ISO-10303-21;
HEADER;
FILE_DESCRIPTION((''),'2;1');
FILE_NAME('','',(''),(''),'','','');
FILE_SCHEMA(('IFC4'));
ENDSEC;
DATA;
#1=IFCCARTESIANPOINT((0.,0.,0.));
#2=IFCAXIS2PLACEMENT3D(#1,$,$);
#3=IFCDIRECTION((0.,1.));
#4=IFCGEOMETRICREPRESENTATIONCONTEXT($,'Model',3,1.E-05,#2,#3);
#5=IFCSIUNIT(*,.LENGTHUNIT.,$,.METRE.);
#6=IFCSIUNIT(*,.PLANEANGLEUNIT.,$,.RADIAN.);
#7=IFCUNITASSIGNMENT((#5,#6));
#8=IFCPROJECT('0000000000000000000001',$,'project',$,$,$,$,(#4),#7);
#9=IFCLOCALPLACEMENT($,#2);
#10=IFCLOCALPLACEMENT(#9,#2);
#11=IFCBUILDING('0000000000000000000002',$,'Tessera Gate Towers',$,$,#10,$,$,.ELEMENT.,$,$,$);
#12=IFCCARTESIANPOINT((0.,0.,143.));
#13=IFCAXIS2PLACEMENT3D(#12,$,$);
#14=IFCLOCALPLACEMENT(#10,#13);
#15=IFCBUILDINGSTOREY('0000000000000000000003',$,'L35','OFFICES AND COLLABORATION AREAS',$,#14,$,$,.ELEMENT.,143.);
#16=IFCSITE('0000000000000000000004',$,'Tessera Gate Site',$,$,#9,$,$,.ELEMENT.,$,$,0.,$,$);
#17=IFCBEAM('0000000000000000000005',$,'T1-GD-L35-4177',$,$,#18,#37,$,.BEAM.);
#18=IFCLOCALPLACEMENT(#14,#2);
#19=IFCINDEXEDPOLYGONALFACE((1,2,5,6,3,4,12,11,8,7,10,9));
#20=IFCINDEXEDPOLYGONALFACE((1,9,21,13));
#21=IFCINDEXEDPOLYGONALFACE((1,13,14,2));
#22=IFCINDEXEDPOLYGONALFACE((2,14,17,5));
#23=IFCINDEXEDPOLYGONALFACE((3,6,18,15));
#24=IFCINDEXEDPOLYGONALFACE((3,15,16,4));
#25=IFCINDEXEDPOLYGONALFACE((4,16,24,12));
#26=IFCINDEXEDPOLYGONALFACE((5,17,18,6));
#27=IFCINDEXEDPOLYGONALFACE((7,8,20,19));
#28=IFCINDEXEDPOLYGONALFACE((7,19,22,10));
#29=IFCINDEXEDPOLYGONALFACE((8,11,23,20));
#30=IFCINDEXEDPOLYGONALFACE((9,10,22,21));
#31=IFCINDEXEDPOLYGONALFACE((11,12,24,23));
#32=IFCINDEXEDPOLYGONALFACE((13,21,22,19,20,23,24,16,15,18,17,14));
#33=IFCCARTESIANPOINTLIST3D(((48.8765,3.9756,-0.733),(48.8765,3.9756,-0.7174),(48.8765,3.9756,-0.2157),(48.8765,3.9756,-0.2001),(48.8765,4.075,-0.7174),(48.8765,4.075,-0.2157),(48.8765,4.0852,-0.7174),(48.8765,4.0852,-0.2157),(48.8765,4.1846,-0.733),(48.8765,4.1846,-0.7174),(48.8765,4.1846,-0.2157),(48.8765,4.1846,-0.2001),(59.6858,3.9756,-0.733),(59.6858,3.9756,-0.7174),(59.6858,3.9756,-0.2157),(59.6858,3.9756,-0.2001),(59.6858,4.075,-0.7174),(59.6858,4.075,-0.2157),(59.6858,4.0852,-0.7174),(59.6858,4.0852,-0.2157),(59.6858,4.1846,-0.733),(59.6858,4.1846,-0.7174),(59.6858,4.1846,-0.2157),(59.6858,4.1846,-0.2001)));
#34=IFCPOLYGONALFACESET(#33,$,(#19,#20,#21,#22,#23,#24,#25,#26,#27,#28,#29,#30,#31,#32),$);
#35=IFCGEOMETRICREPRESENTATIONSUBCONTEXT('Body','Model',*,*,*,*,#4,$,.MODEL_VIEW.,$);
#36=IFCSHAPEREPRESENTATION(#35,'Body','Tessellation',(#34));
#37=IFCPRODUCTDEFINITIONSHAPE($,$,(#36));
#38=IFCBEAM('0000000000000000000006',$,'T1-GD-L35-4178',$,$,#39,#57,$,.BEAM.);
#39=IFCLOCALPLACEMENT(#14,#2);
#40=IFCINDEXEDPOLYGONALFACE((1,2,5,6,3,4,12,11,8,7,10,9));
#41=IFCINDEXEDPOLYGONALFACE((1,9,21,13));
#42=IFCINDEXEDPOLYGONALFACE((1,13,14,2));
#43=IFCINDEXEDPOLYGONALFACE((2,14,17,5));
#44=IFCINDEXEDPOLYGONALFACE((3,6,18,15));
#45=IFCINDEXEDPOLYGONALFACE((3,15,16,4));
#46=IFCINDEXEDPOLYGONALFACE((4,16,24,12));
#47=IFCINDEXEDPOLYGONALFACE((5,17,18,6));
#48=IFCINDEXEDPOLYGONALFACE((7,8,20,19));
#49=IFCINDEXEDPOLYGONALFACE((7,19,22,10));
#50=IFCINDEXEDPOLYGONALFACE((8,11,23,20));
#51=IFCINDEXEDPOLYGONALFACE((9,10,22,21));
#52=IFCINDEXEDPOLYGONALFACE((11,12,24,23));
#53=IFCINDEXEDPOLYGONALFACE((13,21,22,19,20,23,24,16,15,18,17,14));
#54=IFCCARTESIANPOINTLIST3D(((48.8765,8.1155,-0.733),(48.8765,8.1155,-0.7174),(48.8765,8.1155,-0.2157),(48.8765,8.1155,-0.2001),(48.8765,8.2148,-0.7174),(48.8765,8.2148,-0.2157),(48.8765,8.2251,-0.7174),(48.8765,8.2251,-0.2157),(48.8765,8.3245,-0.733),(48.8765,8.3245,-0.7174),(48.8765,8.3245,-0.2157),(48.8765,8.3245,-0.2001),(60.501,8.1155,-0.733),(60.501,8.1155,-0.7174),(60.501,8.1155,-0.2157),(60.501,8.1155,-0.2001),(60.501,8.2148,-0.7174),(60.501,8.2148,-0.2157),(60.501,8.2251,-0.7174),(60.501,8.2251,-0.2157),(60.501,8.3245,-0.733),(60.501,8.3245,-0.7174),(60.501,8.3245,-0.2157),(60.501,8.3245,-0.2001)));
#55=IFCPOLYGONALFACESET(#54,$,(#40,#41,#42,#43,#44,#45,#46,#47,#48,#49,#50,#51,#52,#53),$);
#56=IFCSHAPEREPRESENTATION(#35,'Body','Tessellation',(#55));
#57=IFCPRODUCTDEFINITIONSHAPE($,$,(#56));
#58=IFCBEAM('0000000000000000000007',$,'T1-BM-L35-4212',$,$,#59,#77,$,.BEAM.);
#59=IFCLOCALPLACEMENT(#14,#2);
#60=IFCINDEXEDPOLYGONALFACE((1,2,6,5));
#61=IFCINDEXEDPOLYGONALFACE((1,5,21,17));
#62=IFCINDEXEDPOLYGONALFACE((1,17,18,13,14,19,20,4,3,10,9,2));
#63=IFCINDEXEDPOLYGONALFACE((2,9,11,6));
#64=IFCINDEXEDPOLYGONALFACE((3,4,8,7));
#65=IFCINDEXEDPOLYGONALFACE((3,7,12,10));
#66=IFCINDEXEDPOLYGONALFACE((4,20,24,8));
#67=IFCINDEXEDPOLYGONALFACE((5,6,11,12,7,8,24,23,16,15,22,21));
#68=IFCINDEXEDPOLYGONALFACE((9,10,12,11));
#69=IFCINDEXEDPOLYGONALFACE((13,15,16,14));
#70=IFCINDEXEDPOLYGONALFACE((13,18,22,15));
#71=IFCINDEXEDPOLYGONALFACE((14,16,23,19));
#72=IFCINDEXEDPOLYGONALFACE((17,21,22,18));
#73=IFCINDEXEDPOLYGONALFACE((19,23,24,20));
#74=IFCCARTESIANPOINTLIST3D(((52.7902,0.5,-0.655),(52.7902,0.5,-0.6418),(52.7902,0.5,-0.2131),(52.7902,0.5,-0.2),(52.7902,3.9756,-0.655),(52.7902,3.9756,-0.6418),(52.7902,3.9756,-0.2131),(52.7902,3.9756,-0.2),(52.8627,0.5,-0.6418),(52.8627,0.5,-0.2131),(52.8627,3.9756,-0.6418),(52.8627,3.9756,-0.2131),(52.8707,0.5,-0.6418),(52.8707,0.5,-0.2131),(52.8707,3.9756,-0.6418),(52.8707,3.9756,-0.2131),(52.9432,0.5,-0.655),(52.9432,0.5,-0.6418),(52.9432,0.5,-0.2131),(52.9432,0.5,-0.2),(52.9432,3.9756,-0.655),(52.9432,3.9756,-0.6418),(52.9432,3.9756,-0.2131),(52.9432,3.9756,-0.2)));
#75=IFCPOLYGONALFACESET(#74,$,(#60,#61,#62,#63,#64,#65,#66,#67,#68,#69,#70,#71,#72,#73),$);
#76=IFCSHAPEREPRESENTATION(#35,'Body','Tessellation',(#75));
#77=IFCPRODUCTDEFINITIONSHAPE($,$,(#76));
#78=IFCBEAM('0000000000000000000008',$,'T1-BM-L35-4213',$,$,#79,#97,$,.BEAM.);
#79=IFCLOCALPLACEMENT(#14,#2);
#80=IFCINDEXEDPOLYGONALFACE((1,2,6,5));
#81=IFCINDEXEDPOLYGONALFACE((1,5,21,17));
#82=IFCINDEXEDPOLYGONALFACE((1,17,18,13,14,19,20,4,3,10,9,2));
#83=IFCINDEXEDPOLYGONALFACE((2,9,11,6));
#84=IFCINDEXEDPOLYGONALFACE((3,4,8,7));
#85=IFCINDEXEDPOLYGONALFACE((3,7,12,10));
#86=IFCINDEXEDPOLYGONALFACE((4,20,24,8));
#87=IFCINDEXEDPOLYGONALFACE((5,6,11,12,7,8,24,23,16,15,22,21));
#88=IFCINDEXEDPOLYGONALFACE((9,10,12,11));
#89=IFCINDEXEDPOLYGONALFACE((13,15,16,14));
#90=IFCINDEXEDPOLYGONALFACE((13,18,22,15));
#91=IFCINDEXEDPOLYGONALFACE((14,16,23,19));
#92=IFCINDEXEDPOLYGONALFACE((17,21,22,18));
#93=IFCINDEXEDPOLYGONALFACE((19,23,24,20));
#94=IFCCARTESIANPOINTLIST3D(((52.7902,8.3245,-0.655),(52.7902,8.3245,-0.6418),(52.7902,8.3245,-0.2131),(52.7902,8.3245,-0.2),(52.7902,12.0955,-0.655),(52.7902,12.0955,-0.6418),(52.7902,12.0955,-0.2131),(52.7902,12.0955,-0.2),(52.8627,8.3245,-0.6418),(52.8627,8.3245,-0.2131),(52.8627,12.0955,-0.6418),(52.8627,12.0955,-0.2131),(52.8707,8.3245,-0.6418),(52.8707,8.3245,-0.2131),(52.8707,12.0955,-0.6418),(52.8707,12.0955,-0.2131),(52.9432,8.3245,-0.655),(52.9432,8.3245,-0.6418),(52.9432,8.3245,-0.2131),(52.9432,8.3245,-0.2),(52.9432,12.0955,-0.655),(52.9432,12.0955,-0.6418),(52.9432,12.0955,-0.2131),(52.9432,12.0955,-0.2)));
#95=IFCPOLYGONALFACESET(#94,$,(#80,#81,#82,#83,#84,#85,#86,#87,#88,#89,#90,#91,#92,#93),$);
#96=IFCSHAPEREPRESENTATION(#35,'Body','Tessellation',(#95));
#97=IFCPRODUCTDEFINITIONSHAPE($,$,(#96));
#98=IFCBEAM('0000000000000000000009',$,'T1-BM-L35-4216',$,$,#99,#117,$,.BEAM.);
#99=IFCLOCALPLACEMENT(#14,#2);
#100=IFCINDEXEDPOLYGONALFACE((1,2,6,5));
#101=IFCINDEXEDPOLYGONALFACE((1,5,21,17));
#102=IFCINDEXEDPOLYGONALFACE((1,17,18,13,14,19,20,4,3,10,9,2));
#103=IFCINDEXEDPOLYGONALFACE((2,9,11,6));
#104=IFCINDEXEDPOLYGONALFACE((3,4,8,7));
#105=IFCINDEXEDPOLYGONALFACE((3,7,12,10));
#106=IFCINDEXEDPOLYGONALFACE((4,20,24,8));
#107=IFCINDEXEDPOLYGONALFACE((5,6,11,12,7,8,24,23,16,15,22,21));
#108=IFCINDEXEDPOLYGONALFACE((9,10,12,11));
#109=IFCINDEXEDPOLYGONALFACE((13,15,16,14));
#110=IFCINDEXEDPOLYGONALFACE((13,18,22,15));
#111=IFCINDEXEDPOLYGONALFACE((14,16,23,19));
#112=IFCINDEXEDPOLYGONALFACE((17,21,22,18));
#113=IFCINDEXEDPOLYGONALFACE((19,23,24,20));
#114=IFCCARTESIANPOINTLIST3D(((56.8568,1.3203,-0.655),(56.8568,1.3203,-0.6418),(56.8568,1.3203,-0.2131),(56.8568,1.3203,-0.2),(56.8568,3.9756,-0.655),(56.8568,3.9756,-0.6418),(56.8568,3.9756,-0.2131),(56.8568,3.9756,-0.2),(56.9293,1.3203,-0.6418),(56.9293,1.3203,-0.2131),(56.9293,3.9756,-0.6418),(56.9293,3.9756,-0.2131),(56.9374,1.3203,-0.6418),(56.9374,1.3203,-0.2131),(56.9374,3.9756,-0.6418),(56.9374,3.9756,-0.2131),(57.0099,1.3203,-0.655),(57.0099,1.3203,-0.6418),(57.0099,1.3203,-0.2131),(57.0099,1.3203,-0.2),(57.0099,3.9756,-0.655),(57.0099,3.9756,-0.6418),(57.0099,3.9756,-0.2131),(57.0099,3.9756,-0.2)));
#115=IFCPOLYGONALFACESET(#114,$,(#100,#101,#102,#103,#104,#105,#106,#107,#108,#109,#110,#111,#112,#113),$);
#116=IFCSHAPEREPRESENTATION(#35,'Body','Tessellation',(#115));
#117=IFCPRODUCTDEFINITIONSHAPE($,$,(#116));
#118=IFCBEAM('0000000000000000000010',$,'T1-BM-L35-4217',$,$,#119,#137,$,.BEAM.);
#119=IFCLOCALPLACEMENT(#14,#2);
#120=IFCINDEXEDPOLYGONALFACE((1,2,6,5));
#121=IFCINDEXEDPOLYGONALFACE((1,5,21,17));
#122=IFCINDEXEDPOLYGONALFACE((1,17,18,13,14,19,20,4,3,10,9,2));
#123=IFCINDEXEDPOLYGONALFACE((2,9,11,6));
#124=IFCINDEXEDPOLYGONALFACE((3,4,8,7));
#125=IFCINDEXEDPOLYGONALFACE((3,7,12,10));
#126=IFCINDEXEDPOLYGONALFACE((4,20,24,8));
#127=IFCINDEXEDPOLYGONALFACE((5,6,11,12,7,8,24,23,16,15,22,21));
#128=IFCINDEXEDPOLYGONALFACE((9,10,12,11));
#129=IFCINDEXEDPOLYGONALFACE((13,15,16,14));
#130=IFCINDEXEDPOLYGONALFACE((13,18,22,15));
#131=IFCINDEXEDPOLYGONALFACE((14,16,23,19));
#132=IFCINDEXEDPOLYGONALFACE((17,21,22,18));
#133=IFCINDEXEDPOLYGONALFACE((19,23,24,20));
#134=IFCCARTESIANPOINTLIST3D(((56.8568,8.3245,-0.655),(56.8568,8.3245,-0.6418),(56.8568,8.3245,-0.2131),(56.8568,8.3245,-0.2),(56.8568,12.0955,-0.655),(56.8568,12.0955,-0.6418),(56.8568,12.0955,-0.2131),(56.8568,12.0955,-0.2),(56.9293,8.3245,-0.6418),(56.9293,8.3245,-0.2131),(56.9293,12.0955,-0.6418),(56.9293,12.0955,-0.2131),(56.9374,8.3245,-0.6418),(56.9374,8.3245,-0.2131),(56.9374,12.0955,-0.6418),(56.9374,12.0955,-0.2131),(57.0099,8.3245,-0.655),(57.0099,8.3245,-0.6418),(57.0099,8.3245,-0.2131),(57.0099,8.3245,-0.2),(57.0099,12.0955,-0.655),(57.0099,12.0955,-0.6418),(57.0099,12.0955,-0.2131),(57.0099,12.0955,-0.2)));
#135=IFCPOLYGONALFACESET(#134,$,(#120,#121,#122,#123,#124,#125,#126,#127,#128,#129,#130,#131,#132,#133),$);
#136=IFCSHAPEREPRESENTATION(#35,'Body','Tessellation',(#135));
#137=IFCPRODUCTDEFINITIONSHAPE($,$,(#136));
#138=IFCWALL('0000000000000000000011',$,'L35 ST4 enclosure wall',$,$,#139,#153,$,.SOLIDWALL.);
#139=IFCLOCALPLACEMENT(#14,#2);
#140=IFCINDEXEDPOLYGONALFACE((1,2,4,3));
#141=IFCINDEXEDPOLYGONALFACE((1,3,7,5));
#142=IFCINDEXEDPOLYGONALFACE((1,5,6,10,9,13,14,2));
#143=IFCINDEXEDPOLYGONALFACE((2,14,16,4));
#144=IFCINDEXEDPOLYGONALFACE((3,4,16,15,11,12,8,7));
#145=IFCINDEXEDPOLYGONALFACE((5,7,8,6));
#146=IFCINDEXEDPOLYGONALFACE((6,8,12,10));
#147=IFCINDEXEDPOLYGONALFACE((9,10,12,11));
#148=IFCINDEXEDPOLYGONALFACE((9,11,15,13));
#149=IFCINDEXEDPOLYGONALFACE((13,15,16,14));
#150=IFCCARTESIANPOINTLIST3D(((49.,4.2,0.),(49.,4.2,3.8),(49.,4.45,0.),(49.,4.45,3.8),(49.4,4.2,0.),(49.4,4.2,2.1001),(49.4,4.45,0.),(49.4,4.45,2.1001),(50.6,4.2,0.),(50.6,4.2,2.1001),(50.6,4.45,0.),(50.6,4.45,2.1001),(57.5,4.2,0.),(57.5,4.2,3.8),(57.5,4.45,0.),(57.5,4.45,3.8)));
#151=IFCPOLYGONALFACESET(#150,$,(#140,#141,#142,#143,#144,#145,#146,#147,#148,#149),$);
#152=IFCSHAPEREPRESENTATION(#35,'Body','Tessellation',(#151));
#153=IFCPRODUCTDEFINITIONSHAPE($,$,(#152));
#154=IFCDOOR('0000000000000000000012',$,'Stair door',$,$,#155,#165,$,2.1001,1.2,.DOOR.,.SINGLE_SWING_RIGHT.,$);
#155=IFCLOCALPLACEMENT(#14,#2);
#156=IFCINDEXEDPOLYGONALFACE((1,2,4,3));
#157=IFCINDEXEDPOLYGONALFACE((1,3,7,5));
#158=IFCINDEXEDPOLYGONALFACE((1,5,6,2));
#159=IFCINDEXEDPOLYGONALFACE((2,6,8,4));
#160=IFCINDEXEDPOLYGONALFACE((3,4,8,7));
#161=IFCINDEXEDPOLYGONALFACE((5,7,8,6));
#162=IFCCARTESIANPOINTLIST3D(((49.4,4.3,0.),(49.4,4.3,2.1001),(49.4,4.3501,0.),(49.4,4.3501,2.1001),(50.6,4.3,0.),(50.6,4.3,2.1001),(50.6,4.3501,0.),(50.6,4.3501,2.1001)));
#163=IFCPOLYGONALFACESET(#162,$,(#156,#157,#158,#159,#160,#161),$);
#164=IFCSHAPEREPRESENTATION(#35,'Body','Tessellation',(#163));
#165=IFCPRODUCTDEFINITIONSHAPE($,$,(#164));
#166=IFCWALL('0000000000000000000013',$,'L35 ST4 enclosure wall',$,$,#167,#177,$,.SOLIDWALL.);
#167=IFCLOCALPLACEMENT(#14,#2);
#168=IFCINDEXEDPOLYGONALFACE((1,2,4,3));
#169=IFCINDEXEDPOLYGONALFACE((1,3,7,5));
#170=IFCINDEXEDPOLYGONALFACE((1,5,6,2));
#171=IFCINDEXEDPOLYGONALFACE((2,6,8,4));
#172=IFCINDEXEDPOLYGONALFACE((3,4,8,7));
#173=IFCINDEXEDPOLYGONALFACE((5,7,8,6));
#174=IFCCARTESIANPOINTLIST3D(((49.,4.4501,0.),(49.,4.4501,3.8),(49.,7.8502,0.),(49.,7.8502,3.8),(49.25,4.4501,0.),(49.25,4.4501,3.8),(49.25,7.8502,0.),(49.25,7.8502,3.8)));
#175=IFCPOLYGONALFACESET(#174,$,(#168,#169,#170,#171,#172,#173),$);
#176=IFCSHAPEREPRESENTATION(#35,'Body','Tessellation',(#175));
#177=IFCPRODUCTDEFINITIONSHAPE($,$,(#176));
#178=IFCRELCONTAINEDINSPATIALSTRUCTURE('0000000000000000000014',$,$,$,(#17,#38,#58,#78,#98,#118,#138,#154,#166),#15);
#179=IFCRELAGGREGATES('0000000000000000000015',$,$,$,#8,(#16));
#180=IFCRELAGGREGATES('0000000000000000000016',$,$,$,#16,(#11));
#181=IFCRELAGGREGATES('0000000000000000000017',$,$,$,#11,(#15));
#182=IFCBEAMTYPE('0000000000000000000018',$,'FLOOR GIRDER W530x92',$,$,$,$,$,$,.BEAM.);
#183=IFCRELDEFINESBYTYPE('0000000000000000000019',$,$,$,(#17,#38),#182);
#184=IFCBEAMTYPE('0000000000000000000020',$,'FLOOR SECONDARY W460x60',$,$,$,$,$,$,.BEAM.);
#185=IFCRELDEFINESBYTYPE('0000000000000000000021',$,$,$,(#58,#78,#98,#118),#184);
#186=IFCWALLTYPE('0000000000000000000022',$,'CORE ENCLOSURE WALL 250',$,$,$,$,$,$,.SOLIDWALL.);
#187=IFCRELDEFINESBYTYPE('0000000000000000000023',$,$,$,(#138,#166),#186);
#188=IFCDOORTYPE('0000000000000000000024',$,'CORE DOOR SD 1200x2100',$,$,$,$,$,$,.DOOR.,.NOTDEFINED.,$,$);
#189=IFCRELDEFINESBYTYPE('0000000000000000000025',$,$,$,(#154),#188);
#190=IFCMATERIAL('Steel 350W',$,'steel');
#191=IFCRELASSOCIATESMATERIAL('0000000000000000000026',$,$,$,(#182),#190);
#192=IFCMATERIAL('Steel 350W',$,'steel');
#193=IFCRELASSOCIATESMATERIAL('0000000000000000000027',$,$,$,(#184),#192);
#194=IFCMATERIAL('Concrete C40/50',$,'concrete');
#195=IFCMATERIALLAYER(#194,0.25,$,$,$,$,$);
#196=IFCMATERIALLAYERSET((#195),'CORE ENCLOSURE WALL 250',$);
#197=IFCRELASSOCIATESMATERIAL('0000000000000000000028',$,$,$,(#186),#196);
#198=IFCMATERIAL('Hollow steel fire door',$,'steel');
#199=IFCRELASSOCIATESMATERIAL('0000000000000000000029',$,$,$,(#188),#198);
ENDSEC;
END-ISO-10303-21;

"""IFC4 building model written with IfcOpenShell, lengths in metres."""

from ifc_helpers import new_model, si_unit, direction, frame, frame_2d, origin, origin_2d, place, context, subcontext, project, spatial, rectangle, i_section, extrude, source, transform, mapped, material, layer, layer_set, material_profile, profile_set, type_object, element, fill, save


model = new_model("IFC4")

# Units and contexts
model_context = context("Model", 3, precision=1e-05, world=origin(), true_north=direction((0.0, 1.0)))
body_context = subcontext(model_context, "Body", "Model", "MODEL_VIEW")
ifc_project = project(units=[si_unit("LENGTHUNIT", "METRE"), si_unit("PLANEANGLEUNIT", "RADIAN")], contexts=[model_context])

# Site, building, storey
site_placement = place(None, origin())
site = spatial("IfcSite", under=ifc_project, at=site_placement, Name="Tessera Gate Site", CompositionType="ELEMENT", RefElevation=0.0)
building_placement = place(site_placement, origin())
building = spatial("IfcBuilding", under=site, at=building_placement, Name="Tessera Gate Towers", CompositionType="ELEMENT")
storey_placement = place(building_placement, frame((0.0, 0.0, 143.0)))
storey = spatial("IfcBuildingStorey", under=building, at=storey_placement, Name="L35", Description="OFFICES AND COLLABORATION AREAS", CompositionType="ELEMENT", Elevation=143.0)

# Beams
ifc_material_1 = material(Name="Steel 350W", Category="steel")
ifc_material_profile_1 = material_profile(ifc_material_1, i_section(OverallWidth=0.209, OverallDepth=0.533, WebThickness=0.0103, FlangeThickness=0.0156, at=origin_2d()), Name="W530x92")
ifc_profile_set_1 = profile_set([ifc_material_profile_1], Name="Steel 350W")
beam_type_1 = type_object("IfcBeamType", Name="FLOOR GIRDER W530x92", PredefinedType="BEAM", material=ifc_profile_set_1)
beam_1_placement = place(storey_placement, frame((48.8765, 4.0801, -0.4666), z_axis=(1.0, 0.0, 0.0), x_axis=(0.0, 1.0, 0.0)))
element("IfcBeam", 1, at=beam_1_placement, inside=storey, type_object=beam_type_1, Name="T1-GD-L35-4177", PredefinedType="BEAM", context=body_context, shape_type="SweptSolid", body=[
    extrude(i_section(OverallWidth=0.209, OverallDepth=0.533, WebThickness=0.0103, FlangeThickness=0.0156, at=origin_2d()), origin(), (0.0, 0.0, 1.0), 10.8093),
])
beam_2_placement = place(storey_placement, frame((48.8765, 8.22, -0.4666), z_axis=(1.0, 0.0, 0.0), x_axis=(0.0, 1.0, 0.0)))
element("IfcBeam", 2, at=beam_2_placement, inside=storey, type_object=beam_type_1, Name="T1-GD-L35-4178", PredefinedType="BEAM", context=body_context, shape_type="SweptSolid", body=[
    extrude(i_section(OverallWidth=0.209, OverallDepth=0.533, WebThickness=0.0103, FlangeThickness=0.0156, at=origin_2d()), origin(), (0.0, 0.0, 1.0), 11.6245),
])
ifc_material_2 = material(Name="Steel 350W", Category="steel")
ifc_material_profile_2 = material_profile(ifc_material_2, i_section(OverallWidth=0.1531, OverallDepth=0.4551, WebThickness=0.0081, FlangeThickness=0.0132, at=origin_2d()), Name="W460x60")
ifc_profile_set_2 = profile_set([ifc_material_profile_2], Name="Steel 350W")
beam_type_2 = type_object("IfcBeamType", Name="FLOOR SECONDARY W460x60", PredefinedType="BEAM", material=ifc_profile_set_2)
beam_3_placement = place(storey_placement, frame((52.8667, 0.5, -0.4275), z_axis=(0.0, 1.0, 0.0), x_axis=(-1.0, 0.0, 0.0)))
element("IfcBeam", 3, at=beam_3_placement, inside=storey, type_object=beam_type_2, Name="T1-BM-L35-4212", PredefinedType="BEAM", context=body_context, shape_type="SweptSolid", body=[
    extrude(i_section(OverallWidth=0.1531, OverallDepth=0.4551, WebThickness=0.0081, FlangeThickness=0.0132, at=origin_2d()), origin(), (0.0, 0.0, 1.0), 3.4756),
])
beam_4_placement = place(storey_placement, frame((52.8667, 8.3245, -0.4275), z_axis=(0.0, 1.0, 0.0), x_axis=(-1.0, 0.0, 0.0)))
element("IfcBeam", 4, at=beam_4_placement, inside=storey, type_object=beam_type_2, Name="T1-BM-L35-4213", PredefinedType="BEAM", context=body_context, shape_type="SweptSolid", body=[
    extrude(i_section(OverallWidth=0.1531, OverallDepth=0.4551, WebThickness=0.0081, FlangeThickness=0.0132, at=origin_2d()), origin(), (0.0, 0.0, 1.0), 3.771),
])
beam_5_placement = place(storey_placement, frame((56.9333, 1.3203, -0.4275), z_axis=(0.0, 1.0, 0.0), x_axis=(-1.0, 0.0, 0.0)))
element("IfcBeam", 5, at=beam_5_placement, inside=storey, type_object=beam_type_2, Name="T1-BM-L35-4216", PredefinedType="BEAM", context=body_context, shape_type="SweptSolid", body=[
    extrude(i_section(OverallWidth=0.1531, OverallDepth=0.4551, WebThickness=0.0081, FlangeThickness=0.0132, at=origin_2d()), origin(), (0.0, 0.0, 1.0), 2.6553),
])
beam_6_placement = place(storey_placement, frame((56.9333, 8.3245, -0.4275), z_axis=(0.0, 1.0, 0.0), x_axis=(-1.0, 0.0, 0.0)))
element("IfcBeam", 6, at=beam_6_placement, inside=storey, type_object=beam_type_2, Name="T1-BM-L35-4217", PredefinedType="BEAM", context=body_context, shape_type="SweptSolid", body=[
    extrude(i_section(OverallWidth=0.1531, OverallDepth=0.4551, WebThickness=0.0081, FlangeThickness=0.0132, at=origin_2d()), origin(), (0.0, 0.0, 1.0), 3.771),
])

# Wall, opening, door
ifc_material_3 = material(Name="Concrete C40/50", Category="concrete")
ifc_layer_1 = layer(ifc_material_3, 0.25)
ifc_layer_set_1 = layer_set([ifc_layer_1], Name="CORE ENCLOSURE WALL 250")
wall_type_1 = type_object("IfcWallType", Name="CORE ENCLOSURE WALL 250", PredefinedType="SOLIDWALL", material=ifc_layer_set_1)
wall_1_placement = place(storey_placement, frame((57.5, 4.325, 0.0), z_axis=(0.0, 0.0, 1.0), x_axis=(-1.0, 0.0, 0.0)))
wall_1 = element("IfcWall", 7, at=wall_1_placement, inside=storey, type_object=wall_type_1, Name="L35 ST4 enclosure wall", PredefinedType="SOLIDWALL", context=body_context, shape_type="SweptSolid", body=[
    extrude(rectangle(XDim=8.5, YDim=0.25, at=frame_2d((4.25, 0.0))), origin(), (0.0, 0.0, 1.0), 3.8),
])
shared_shape_1 = source(origin(), body_context, "Body", "SweptSolid", [
    extrude(rectangle(XDim=1.2, YDim=2.1001, at=frame_2d((0.6001, 1.05))), frame((0.0, 0.135, 0.0), z_axis=(0.0, -1.0, 0.0), x_axis=(1.0, 0.0, 0.0)), (0.0, 0.0, 1.0), 0.27),
])
opening_placement = place(wall_1_placement, frame((6.8999, 0.0, 0.0)))
opening = element("IfcOpeningElement", 8, at=opening_placement, cuts=wall_1, PredefinedType="OPENING", context=body_context, shape_type="MappedRepresentation", body=[
    mapped(shared_shape_1, transform((0.0, 0.0, 0.0), scale=1.0)),
])
ifc_material_4 = material(Name="Hollow steel fire door", Category="steel")
door_type = type_object("IfcDoorType", Name="CORE DOOR SD 1200x2100", OperationType="NOTDEFINED", PredefinedType="DOOR", material=ifc_material_4)
shared_shape_2 = source(origin(), body_context, "Body", "SweptSolid", [
    extrude(rectangle(XDim=1.2, YDim=2.1001, at=frame_2d((0.6001, 1.05))), frame((0.0, 0.0249, 0.0), z_axis=(0.0, -1.0, 0.0), x_axis=(1.0, 0.0, 0.0)), (0.0, 0.0, 1.0), 0.05),
])
door_placement = place(opening_placement, origin())
door = element("IfcDoor", 9, at=door_placement, inside=storey, type_object=door_type, Name="Stair door", OperationType="SINGLE_SWING_RIGHT", OverallHeight=2.1001, OverallWidth=1.2, PredefinedType="DOOR", context=body_context, shape_type="MappedRepresentation", body=[
    mapped(shared_shape_2, transform((0.0, 0.0, 0.0), scale=1.0)),
])
fill(opening, door)

# Wall
wall_2_placement = place(storey_placement, frame((49.125, 4.45, 0.0), z_axis=(0.0, 0.0, 1.0), x_axis=(0.0, 1.0, 0.0)))
element("IfcWall", 10, at=wall_2_placement, inside=storey, type_object=wall_type_1, Name="L35 ST4 enclosure wall", PredefinedType="SOLIDWALL", context=body_context, shape_type="SweptSolid", body=[
    extrude(rectangle(XDim=3.4001, YDim=0.25, at=frame_2d((1.7002, 0.0))), origin(), (0.0, 0.0, 1.0), 3.8),
])

save(model, "model.ifc")
